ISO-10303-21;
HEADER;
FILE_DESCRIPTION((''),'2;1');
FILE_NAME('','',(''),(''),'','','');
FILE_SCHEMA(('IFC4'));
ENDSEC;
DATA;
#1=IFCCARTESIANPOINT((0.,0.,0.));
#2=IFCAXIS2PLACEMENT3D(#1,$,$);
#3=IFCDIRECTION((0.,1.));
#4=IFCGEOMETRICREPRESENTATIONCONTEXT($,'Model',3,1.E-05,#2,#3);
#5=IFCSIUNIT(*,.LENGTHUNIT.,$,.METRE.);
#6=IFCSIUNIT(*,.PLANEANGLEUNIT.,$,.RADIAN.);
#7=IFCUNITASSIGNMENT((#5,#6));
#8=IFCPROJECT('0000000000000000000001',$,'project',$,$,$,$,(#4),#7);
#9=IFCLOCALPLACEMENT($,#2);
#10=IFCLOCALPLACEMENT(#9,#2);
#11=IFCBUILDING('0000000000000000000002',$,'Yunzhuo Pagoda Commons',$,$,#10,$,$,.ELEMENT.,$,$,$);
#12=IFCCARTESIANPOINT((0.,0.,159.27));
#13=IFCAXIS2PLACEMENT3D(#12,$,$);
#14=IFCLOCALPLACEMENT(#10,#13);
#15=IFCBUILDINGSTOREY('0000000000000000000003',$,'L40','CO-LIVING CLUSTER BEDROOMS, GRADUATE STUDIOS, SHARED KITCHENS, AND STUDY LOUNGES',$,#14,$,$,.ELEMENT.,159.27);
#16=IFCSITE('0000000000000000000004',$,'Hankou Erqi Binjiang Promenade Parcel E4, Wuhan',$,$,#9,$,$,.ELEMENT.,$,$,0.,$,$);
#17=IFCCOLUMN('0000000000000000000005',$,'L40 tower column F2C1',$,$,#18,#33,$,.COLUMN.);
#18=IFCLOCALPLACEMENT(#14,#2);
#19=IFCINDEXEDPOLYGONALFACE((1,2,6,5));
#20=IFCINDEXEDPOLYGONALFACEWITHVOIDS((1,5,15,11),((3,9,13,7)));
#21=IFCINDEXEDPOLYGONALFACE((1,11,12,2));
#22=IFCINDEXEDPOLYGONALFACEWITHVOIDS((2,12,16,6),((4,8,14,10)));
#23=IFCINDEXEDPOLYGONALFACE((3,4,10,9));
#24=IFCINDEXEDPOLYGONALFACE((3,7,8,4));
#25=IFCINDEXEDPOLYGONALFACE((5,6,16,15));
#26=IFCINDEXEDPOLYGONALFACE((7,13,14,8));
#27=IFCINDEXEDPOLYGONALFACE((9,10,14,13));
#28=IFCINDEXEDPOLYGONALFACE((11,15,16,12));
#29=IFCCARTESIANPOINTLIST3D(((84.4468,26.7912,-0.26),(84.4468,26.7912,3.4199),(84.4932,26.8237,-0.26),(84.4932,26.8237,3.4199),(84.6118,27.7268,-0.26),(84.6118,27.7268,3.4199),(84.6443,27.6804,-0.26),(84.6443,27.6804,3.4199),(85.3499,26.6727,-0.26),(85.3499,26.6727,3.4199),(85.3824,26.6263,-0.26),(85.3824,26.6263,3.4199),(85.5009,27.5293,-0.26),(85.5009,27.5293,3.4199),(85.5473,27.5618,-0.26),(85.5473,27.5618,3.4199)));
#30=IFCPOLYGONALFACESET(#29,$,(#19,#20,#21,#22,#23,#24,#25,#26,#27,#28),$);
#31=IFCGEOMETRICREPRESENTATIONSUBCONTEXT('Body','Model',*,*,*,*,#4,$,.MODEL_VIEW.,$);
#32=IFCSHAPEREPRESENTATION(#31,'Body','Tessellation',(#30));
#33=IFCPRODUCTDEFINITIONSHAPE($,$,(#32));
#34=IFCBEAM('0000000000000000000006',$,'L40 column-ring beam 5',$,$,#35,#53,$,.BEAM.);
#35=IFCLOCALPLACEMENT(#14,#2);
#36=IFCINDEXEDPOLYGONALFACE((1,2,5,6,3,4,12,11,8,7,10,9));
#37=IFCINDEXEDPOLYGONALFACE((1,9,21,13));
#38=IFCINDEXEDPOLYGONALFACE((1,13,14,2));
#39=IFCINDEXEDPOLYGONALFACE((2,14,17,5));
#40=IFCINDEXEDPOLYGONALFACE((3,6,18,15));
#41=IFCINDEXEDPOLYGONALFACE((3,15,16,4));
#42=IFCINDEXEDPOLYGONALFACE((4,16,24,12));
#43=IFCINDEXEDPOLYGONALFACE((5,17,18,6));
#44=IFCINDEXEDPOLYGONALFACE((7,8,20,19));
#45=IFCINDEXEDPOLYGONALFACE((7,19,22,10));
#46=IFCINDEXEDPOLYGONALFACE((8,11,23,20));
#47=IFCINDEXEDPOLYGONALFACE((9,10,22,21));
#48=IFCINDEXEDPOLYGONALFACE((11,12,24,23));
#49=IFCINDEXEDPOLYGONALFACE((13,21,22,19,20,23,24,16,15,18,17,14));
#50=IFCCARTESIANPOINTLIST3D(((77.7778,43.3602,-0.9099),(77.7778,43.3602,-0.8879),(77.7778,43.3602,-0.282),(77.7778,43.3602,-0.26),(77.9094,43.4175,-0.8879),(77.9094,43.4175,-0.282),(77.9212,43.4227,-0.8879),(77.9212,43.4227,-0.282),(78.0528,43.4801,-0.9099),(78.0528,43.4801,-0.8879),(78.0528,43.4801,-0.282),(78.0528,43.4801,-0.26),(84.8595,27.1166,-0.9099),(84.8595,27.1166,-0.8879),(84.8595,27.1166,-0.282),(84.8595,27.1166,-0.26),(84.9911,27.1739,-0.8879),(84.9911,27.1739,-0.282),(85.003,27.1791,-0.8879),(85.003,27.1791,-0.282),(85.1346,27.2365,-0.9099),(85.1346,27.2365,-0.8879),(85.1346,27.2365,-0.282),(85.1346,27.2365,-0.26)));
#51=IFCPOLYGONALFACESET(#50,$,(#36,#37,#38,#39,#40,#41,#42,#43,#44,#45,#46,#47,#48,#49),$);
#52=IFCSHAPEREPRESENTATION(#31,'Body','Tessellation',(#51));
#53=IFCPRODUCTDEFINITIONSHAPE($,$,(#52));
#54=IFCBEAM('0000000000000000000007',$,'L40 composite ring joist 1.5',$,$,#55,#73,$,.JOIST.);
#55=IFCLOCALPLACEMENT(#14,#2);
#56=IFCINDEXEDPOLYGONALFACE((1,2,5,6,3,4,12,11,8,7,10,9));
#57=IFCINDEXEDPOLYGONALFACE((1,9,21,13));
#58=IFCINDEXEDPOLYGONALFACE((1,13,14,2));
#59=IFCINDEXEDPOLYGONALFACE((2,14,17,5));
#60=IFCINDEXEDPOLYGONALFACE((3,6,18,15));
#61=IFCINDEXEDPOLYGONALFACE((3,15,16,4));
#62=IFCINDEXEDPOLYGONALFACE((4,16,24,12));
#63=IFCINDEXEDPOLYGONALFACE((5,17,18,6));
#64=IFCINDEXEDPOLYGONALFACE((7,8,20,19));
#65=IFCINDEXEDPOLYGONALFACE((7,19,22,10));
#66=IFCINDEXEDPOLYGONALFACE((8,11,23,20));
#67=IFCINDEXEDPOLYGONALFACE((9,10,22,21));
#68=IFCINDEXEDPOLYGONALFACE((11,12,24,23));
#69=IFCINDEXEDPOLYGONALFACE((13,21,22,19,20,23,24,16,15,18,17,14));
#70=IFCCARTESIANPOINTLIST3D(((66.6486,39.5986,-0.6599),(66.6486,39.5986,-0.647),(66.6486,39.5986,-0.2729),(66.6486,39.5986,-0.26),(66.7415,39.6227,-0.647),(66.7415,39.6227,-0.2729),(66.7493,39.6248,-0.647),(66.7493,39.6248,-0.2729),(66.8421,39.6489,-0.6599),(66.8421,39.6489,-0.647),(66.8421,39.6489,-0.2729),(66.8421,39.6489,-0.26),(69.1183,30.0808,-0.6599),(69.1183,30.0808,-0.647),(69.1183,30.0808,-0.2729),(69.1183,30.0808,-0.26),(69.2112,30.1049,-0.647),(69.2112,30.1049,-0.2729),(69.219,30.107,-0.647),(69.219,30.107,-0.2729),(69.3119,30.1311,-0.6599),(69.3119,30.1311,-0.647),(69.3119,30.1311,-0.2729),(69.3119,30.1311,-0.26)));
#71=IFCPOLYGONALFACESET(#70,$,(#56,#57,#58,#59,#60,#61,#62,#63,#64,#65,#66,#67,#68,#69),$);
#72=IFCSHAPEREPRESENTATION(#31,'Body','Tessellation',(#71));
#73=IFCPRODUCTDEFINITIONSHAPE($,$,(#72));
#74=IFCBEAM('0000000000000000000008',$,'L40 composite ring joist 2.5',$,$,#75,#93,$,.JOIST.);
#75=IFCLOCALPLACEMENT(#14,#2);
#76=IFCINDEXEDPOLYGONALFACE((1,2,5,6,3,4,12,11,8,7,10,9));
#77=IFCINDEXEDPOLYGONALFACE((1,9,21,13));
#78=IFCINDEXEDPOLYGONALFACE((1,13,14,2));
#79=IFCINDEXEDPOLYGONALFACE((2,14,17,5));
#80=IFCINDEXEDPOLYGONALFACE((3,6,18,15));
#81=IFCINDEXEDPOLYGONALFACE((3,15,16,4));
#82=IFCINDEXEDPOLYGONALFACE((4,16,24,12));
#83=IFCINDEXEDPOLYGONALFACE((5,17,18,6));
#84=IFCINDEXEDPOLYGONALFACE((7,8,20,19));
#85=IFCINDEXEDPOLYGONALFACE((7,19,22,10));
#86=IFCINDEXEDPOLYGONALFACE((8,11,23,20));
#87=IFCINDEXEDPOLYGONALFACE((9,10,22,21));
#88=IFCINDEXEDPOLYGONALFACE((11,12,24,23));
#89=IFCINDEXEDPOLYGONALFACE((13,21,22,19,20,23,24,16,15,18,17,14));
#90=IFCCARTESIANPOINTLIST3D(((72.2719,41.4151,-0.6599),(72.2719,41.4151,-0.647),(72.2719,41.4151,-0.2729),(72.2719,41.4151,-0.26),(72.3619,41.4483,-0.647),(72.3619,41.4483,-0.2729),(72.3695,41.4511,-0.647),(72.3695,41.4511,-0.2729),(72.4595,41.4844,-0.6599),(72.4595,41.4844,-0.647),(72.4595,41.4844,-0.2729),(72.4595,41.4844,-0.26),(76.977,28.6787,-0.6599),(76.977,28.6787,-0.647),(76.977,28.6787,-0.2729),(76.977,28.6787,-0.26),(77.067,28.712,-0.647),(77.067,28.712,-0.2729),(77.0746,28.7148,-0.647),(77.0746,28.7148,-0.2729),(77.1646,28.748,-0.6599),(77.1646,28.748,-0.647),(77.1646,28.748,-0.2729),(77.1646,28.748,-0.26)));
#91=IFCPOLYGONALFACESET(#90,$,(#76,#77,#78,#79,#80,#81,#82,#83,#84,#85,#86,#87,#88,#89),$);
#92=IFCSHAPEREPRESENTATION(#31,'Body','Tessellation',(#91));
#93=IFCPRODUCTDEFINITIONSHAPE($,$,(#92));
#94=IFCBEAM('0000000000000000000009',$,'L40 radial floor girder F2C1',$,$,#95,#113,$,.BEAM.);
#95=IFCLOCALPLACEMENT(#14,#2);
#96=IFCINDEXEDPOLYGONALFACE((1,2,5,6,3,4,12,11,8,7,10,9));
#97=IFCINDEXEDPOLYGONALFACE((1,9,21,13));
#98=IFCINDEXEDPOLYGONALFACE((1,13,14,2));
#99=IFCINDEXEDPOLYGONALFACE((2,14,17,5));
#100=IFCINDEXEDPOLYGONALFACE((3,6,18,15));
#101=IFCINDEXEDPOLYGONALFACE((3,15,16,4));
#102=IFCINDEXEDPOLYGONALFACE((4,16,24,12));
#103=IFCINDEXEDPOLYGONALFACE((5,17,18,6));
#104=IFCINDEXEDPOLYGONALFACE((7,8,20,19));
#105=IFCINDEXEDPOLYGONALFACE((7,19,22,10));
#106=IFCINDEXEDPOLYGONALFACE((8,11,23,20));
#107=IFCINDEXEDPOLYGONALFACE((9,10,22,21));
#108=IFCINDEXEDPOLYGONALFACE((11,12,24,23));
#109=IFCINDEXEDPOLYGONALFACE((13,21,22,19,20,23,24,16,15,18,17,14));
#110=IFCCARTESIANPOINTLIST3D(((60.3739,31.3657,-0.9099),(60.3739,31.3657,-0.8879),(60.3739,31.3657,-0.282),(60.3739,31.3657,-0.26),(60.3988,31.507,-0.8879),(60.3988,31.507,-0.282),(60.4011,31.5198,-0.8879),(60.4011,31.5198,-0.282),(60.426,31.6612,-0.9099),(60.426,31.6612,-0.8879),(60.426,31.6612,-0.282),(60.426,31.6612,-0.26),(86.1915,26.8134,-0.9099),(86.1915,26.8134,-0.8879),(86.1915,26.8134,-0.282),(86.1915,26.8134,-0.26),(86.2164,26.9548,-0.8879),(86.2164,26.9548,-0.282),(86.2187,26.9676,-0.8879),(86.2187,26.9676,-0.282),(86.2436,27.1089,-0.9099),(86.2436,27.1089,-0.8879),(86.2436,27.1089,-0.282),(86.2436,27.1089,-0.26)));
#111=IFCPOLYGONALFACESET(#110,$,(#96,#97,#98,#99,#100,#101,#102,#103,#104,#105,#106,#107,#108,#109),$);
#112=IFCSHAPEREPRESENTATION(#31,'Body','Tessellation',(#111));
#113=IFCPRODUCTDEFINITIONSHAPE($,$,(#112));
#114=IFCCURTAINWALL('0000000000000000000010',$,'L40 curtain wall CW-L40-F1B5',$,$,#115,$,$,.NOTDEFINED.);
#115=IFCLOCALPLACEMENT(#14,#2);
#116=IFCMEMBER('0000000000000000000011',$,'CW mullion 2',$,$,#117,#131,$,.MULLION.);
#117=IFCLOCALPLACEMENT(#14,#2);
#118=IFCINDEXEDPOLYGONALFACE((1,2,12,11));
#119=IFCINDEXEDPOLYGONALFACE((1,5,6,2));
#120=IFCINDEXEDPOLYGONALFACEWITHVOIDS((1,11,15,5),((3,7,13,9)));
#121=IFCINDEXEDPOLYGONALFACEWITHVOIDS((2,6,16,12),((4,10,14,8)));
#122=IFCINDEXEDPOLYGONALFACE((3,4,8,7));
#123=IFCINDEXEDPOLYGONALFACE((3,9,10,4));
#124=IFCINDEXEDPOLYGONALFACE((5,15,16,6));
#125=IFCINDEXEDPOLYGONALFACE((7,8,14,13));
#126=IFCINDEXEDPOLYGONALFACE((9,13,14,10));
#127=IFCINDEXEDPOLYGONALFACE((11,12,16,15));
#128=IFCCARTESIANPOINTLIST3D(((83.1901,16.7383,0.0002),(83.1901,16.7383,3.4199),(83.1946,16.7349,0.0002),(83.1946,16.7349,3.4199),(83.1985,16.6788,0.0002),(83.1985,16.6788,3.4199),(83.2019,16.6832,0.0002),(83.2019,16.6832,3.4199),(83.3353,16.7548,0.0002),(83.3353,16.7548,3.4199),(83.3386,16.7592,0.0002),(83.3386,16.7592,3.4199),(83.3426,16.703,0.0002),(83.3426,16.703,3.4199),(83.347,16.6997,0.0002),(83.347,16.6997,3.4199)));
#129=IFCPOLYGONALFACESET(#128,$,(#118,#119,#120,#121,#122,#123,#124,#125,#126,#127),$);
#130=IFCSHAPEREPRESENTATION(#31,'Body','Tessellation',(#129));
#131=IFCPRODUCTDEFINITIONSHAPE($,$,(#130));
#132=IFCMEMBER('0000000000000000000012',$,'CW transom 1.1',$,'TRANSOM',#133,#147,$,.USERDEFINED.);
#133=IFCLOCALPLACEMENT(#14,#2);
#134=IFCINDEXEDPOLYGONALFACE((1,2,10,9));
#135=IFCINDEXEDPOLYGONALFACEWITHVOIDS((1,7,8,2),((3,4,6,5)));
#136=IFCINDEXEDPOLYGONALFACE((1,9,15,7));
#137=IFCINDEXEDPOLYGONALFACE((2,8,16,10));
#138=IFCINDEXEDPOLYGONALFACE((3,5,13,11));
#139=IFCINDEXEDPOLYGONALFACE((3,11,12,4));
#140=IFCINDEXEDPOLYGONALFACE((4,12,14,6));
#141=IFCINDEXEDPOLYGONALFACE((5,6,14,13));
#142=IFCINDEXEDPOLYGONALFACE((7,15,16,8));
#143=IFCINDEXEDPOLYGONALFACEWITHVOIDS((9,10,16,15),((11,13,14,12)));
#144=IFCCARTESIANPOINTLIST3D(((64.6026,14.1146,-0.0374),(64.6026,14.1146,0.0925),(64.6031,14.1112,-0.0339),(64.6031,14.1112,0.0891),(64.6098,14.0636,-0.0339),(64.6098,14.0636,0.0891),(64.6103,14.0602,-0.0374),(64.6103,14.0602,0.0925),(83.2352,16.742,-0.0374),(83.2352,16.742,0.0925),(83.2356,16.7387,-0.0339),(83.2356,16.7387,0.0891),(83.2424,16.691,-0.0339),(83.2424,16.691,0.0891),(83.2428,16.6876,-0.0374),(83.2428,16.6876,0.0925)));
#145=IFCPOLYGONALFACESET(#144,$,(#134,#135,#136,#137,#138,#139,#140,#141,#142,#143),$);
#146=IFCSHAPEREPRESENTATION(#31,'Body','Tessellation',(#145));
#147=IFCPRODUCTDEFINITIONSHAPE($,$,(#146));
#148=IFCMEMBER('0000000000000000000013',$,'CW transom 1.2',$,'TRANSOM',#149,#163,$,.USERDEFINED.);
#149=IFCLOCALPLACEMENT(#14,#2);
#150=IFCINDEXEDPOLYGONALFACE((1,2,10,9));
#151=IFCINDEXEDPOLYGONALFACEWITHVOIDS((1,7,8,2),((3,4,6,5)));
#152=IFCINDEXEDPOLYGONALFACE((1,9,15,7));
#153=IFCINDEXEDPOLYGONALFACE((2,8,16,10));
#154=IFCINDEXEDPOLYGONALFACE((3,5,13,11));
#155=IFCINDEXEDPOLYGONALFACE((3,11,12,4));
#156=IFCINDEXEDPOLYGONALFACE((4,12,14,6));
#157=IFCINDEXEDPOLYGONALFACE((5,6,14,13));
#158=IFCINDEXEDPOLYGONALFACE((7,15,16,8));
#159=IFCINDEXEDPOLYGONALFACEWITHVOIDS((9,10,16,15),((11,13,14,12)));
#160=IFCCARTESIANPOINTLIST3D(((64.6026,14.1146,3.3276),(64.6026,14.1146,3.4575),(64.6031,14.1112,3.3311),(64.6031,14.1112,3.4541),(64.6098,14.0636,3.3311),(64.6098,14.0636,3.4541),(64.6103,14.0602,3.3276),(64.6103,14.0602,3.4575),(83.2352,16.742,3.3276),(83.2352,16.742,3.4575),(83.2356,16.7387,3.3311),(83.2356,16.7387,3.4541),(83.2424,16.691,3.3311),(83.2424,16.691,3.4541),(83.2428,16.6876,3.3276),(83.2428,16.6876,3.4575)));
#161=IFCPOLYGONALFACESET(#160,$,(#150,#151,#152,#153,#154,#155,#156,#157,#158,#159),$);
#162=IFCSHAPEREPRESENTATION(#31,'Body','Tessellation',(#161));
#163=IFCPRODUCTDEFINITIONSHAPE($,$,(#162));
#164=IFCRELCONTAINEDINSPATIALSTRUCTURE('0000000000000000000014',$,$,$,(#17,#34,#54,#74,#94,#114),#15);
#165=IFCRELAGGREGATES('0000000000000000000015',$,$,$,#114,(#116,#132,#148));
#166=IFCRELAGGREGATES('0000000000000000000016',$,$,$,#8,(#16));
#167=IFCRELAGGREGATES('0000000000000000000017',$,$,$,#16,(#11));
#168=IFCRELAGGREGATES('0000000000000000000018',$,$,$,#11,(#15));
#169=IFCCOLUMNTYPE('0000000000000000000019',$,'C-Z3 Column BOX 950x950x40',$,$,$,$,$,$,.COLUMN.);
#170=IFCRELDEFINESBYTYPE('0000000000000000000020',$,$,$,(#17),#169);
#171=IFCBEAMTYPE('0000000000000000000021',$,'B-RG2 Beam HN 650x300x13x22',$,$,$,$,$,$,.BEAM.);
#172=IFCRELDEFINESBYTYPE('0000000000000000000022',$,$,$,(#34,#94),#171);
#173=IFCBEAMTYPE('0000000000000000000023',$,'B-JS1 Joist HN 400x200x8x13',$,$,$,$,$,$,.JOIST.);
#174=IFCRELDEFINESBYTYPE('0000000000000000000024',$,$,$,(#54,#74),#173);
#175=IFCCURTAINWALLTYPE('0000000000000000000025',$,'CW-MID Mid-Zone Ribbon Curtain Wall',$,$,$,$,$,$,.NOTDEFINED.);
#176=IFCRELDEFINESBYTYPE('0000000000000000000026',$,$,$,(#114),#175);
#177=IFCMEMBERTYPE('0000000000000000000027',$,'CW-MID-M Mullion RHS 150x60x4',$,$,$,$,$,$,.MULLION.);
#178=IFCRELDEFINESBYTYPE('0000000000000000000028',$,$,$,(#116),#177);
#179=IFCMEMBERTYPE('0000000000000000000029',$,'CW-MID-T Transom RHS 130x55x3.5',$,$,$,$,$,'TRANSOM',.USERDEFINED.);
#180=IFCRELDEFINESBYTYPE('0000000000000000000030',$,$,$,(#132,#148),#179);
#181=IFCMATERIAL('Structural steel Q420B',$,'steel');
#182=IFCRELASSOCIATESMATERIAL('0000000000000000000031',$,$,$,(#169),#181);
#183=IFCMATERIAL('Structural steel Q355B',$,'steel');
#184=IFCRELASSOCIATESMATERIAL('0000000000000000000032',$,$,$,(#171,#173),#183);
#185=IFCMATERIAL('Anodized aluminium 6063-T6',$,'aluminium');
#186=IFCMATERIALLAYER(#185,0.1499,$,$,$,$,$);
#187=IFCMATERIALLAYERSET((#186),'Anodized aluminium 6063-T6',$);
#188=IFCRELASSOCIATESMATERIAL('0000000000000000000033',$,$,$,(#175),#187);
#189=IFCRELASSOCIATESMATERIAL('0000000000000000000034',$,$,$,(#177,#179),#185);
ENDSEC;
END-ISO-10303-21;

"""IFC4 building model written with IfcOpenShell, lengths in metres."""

from ifc_helpers import new_model, si_unit, direction, frame, origin, origin_2d, place, context, subcontext, project, spatial, hollow_rectangle, i_section, extrude, source, transform, mapped, material, layer, layer_set, material_profile, profile_set, type_object, element, aggregate, save


model = new_model("IFC4")

# Units and contexts
model_context = context("Model", 3, precision=1e-05, world=origin(), true_north=direction((0.0, 1.0)))
body_context = subcontext(model_context, "Body", "Model", "MODEL_VIEW")
ifc_project = project(units=[si_unit("LENGTHUNIT", "METRE"), si_unit("PLANEANGLEUNIT", "RADIAN")], contexts=[model_context])

# Site, building, storey
site_placement = place(None, origin())
site = spatial("IfcSite", under=ifc_project, at=site_placement, Name="Hankou Erqi Binjiang Promenade Parcel E4, Wuhan", CompositionType="ELEMENT", RefElevation=0.0)
building_placement = place(site_placement, origin())
building = spatial("IfcBuilding", under=site, at=building_placement, Name="Yunzhuo Pagoda Commons", CompositionType="ELEMENT")
storey_placement = place(building_placement, frame((0.0, 0.0, 159.27)))
storey = spatial("IfcBuildingStorey", under=building, at=storey_placement, Name="L40", Description="CO-LIVING CLUSTER BEDROOMS, GRADUATE STUDIOS, SHARED KITCHENS, AND STUDY LOUNGES", CompositionType="ELEMENT", Elevation=159.27)

# Column
ifc_material_1 = material(Name="Structural steel Q420B", Category="steel")
ifc_material_profile_1 = material_profile(ifc_material_1, hollow_rectangle(XDim=0.95, YDim=0.95, WallThickness=0.04, at=origin_2d()), Name="Structural steel Q420B")
ifc_profile_set_1 = profile_set([ifc_material_profile_1], Name="Structural steel Q420B")
column_type = type_object("IfcColumnType", Name="C-Z3 Column BOX 950x950x40", PredefinedType="COLUMN", material=ifc_profile_set_1)
shared_shape_1 = source(origin(), body_context, "Body", "SweptSolid", [
    extrude(hollow_rectangle(XDim=0.95, YDim=0.95, WallThickness=0.04, at=origin_2d()), origin(), (0.0, 0.0, 1.0), 3.6799),
])
column_placement = place(storey_placement, frame((84.9971, 27.1765, -0.26), z_axis=(0.0, 0.0, 1.0), x_axis=(0.173648, 0.984808, 0.0)))
element("IfcColumn", 1, at=column_placement, inside=storey, type_object=column_type, Name="L40 tower column F2C1", PredefinedType="COLUMN", context=body_context, shape_type="MappedRepresentation", body=[
    mapped(shared_shape_1, transform((0.0, 0.0, 0.0), scale=1.0)),
])

# Beams
ifc_material_2 = material(Name="Structural steel Q355B", Category="steel")
ifc_material_profile_2 = material_profile(ifc_material_2, i_section(OverallWidth=0.3, OverallDepth=0.6499, WebThickness=0.0129, FlangeThickness=0.022, at=origin_2d()), Name="Structural steel Q355B")
ifc_profile_set_2 = profile_set([ifc_material_profile_2], Name="Structural steel Q355B")
beam_type_1 = type_object("IfcBeamType", Name="B-RG2 Beam HN 650x300x13x22", PredefinedType="BEAM", material=ifc_profile_set_2)
shared_shape_2 = source(origin(), body_context, "Body", "SweptSolid", [
    extrude(i_section(OverallWidth=0.3, OverallDepth=0.6499, WebThickness=0.0129, FlangeThickness=0.022, at=origin_2d()), origin(), (0.0, 0.0, 1.0), 17.7202),
])
beam_1_placement = place(storey_placement, frame((84.9971, 27.1765, -0.585), z_axis=(-0.399643, 0.916671, 0.0), x_axis=(-0.916671, -0.399643, 0.0)))
element("IfcBeam", 2, at=beam_1_placement, inside=storey, type_object=beam_type_1, Name="L40 column-ring beam 5", PredefinedType="BEAM", context=body_context, shape_type="MappedRepresentation", body=[
    mapped(shared_shape_2, transform((0.0, 0.0, 0.0), scale=1.0)),
])
ifc_material_profile_3 = material_profile(ifc_material_2, i_section(OverallWidth=0.2, OverallDepth=0.3999, WebThickness=0.0081, FlangeThickness=0.0129, at=origin_2d()), Name="Structural steel Q355B")
ifc_profile_set_3 = profile_set([ifc_material_profile_3], Name="Structural steel Q355B")
beam_type_2 = type_object("IfcBeamType", Name="B-JS1 Joist HN 400x200x8x13", PredefinedType="JOIST", material=ifc_profile_set_3)
shared_shape_3 = source(origin(), body_context, "Body", "SweptSolid", [
    extrude(i_section(OverallWidth=0.2, OverallDepth=0.3999, WebThickness=0.0081, FlangeThickness=0.0129, at=origin_2d()), origin(), (0.0, 0.0, 1.0), 9.833),
])
beam_2_placement = place(storey_placement, frame((69.2151, 30.106, -0.46), z_axis=(-0.251166, 0.967944, 0.0), x_axis=(-0.967944, -0.251166, 0.0)))
element("IfcBeam", 3, at=beam_2_placement, inside=storey, type_object=beam_type_2, Name="L40 composite ring joist 1.5", PredefinedType="JOIST", context=body_context, shape_type="MappedRepresentation", body=[
    mapped(shared_shape_3, transform((0.0, 0.0, 0.0), scale=1.0)),
])
shared_shape_4 = source(origin(), body_context, "Body", "SweptSolid", [
    extrude(i_section(OverallWidth=0.2, OverallDepth=0.3999, WebThickness=0.0081, FlangeThickness=0.0129, at=origin_2d()), origin(), (0.0, 0.0, 1.0), 13.5776),
])
beam_3_placement = place(storey_placement, frame((77.0708, 28.7134, -0.46), z_axis=(-0.346532, 0.938038, 0.0), x_axis=(-0.938038, -0.346532, 0.0)))
element("IfcBeam", 4, at=beam_3_placement, inside=storey, type_object=beam_type_2, Name="L40 composite ring joist 2.5", PredefinedType="JOIST", context=body_context, shape_type="MappedRepresentation", body=[
    mapped(shared_shape_4, transform((0.0, 0.0, 0.0), scale=1.0)),
])
shared_shape_5 = source(origin(), body_context, "Body", "SweptSolid", [
    extrude(i_section(OverallWidth=0.3, OverallDepth=0.6499, WebThickness=0.0129, FlangeThickness=0.022, at=origin_2d()), origin(), (0.0, 0.0, 1.0), 26.2158),
])
beam_4_placement = place(storey_placement, frame((86.2175, 26.9612, -0.585), z_axis=(-0.984808, 0.173645, 0.0), x_axis=(-0.173645, -0.984808, 0.0)))
element("IfcBeam", 5, at=beam_4_placement, inside=storey, type_object=beam_type_1, Name="L40 radial floor girder F2C1", PredefinedType="BEAM", context=body_context, shape_type="MappedRepresentation", body=[
    mapped(shared_shape_5, transform((0.0, 0.0, 0.0), scale=1.0)),
])

# Curtain wall, members
ifc_material_3 = material(Name="Anodized aluminium 6063-T6", Category="aluminium")
ifc_layer_1 = layer(ifc_material_3, 0.1499)
ifc_layer_set_1 = layer_set([ifc_layer_1], Name="Anodized aluminium 6063-T6")
curtain_wall_type_1 = type_object("IfcCurtainWallType", Name="CW-MID Mid-Zone Ribbon Curtain Wall", PredefinedType="NOTDEFINED", material=ifc_layer_set_1)
curtain_wall_1_placement = place(storey_placement, origin())
curtain_wall_1 = element("IfcCurtainWall", 6, at=curtain_wall_1_placement, inside=storey, type_object=curtain_wall_type_1, Name="L40 curtain wall CW-L40-F1B5", PredefinedType="NOTDEFINED")
ifc_material_profile_4 = material_profile(ifc_material_3, hollow_rectangle(XDim=0.0601, YDim=0.1499, WallThickness=0.0039, at=origin_2d()), Name="Anodized aluminium 6063-T6")
ifc_profile_set_4 = profile_set([ifc_material_profile_4], Name="Anodized aluminium 6063-T6")
member_type_1 = type_object("IfcMemberType", Name="CW-MID-M Mullion RHS 150x60x4", PredefinedType="MULLION", material=ifc_profile_set_4)
shared_shape_6 = source(origin(), body_context, "Body", "SweptSolid", [
    extrude(hollow_rectangle(XDim=0.0601, YDim=0.1499, WallThickness=0.0039, at=origin_2d()), origin(), (0.0, 0.0, 1.0), 3.4197),
])
member_1_placement = place(storey_placement, frame((83.2686, 16.719, 0.0002), z_axis=(0.0, 0.0, 1.0), x_axis=(-0.13963, 0.990204, 0.0)))
member_1 = element("IfcMember", 7, at=member_1_placement, type_object=member_type_1, Name="CW mullion 2", PredefinedType="MULLION", context=body_context, shape_type="MappedRepresentation", body=[
    mapped(shared_shape_6, transform((0.0, 0.0, 0.0), scale=1.0)),
])
ifc_material_profile_5 = material_profile(ifc_material_3, hollow_rectangle(XDim=0.0549, YDim=0.1299, WallThickness=0.0034, at=origin_2d()), Name="Anodized aluminium 6063-T6")
ifc_profile_set_5 = profile_set([ifc_material_profile_5], Name="Anodized aluminium 6063-T6")
member_type_2 = type_object("IfcMemberType", Name="CW-MID-T Transom RHS 130x55x3.5", ElementType="TRANSOM", PredefinedType="USERDEFINED", material=ifc_profile_set_5)
shared_shape_7 = source(origin(), body_context, "Body", "SweptSolid", [
    extrude(hollow_rectangle(XDim=0.0549, YDim=0.1299, WallThickness=0.0034, at=origin_2d()), origin(), (0.0, 0.0, 1.0), 18.8169),
])
member_2_placement = place(storey_placement, frame((64.6064, 14.0874, 0.0276), z_axis=(0.990203, 0.139632, 0.0), x_axis=(-0.139632, 0.990203, 0.0)))
member_2 = element("IfcMember", 8, at=member_2_placement, type_object=member_type_2, Name="CW transom 1.1", ObjectType="TRANSOM", PredefinedType="USERDEFINED", context=body_context, shape_type="MappedRepresentation", body=[
    mapped(shared_shape_7, transform((0.0, 0.0, 0.0), scale=1.0)),
])
member_3_placement = place(storey_placement, frame((64.6064, 14.0874, 3.3926), z_axis=(0.990203, 0.139632, 0.0), x_axis=(-0.139632, 0.990203, 0.0)))
member_3 = element("IfcMember", 9, at=member_3_placement, type_object=member_type_2, Name="CW transom 1.2", ObjectType="TRANSOM", PredefinedType="USERDEFINED", context=body_context, shape_type="MappedRepresentation", body=[
    mapped(shared_shape_7, transform((0.0, 0.0, 0.0), scale=1.0)),
])

aggregate(curtain_wall_1, [member_1, member_2, member_3])

save(model, "model.ifc")
